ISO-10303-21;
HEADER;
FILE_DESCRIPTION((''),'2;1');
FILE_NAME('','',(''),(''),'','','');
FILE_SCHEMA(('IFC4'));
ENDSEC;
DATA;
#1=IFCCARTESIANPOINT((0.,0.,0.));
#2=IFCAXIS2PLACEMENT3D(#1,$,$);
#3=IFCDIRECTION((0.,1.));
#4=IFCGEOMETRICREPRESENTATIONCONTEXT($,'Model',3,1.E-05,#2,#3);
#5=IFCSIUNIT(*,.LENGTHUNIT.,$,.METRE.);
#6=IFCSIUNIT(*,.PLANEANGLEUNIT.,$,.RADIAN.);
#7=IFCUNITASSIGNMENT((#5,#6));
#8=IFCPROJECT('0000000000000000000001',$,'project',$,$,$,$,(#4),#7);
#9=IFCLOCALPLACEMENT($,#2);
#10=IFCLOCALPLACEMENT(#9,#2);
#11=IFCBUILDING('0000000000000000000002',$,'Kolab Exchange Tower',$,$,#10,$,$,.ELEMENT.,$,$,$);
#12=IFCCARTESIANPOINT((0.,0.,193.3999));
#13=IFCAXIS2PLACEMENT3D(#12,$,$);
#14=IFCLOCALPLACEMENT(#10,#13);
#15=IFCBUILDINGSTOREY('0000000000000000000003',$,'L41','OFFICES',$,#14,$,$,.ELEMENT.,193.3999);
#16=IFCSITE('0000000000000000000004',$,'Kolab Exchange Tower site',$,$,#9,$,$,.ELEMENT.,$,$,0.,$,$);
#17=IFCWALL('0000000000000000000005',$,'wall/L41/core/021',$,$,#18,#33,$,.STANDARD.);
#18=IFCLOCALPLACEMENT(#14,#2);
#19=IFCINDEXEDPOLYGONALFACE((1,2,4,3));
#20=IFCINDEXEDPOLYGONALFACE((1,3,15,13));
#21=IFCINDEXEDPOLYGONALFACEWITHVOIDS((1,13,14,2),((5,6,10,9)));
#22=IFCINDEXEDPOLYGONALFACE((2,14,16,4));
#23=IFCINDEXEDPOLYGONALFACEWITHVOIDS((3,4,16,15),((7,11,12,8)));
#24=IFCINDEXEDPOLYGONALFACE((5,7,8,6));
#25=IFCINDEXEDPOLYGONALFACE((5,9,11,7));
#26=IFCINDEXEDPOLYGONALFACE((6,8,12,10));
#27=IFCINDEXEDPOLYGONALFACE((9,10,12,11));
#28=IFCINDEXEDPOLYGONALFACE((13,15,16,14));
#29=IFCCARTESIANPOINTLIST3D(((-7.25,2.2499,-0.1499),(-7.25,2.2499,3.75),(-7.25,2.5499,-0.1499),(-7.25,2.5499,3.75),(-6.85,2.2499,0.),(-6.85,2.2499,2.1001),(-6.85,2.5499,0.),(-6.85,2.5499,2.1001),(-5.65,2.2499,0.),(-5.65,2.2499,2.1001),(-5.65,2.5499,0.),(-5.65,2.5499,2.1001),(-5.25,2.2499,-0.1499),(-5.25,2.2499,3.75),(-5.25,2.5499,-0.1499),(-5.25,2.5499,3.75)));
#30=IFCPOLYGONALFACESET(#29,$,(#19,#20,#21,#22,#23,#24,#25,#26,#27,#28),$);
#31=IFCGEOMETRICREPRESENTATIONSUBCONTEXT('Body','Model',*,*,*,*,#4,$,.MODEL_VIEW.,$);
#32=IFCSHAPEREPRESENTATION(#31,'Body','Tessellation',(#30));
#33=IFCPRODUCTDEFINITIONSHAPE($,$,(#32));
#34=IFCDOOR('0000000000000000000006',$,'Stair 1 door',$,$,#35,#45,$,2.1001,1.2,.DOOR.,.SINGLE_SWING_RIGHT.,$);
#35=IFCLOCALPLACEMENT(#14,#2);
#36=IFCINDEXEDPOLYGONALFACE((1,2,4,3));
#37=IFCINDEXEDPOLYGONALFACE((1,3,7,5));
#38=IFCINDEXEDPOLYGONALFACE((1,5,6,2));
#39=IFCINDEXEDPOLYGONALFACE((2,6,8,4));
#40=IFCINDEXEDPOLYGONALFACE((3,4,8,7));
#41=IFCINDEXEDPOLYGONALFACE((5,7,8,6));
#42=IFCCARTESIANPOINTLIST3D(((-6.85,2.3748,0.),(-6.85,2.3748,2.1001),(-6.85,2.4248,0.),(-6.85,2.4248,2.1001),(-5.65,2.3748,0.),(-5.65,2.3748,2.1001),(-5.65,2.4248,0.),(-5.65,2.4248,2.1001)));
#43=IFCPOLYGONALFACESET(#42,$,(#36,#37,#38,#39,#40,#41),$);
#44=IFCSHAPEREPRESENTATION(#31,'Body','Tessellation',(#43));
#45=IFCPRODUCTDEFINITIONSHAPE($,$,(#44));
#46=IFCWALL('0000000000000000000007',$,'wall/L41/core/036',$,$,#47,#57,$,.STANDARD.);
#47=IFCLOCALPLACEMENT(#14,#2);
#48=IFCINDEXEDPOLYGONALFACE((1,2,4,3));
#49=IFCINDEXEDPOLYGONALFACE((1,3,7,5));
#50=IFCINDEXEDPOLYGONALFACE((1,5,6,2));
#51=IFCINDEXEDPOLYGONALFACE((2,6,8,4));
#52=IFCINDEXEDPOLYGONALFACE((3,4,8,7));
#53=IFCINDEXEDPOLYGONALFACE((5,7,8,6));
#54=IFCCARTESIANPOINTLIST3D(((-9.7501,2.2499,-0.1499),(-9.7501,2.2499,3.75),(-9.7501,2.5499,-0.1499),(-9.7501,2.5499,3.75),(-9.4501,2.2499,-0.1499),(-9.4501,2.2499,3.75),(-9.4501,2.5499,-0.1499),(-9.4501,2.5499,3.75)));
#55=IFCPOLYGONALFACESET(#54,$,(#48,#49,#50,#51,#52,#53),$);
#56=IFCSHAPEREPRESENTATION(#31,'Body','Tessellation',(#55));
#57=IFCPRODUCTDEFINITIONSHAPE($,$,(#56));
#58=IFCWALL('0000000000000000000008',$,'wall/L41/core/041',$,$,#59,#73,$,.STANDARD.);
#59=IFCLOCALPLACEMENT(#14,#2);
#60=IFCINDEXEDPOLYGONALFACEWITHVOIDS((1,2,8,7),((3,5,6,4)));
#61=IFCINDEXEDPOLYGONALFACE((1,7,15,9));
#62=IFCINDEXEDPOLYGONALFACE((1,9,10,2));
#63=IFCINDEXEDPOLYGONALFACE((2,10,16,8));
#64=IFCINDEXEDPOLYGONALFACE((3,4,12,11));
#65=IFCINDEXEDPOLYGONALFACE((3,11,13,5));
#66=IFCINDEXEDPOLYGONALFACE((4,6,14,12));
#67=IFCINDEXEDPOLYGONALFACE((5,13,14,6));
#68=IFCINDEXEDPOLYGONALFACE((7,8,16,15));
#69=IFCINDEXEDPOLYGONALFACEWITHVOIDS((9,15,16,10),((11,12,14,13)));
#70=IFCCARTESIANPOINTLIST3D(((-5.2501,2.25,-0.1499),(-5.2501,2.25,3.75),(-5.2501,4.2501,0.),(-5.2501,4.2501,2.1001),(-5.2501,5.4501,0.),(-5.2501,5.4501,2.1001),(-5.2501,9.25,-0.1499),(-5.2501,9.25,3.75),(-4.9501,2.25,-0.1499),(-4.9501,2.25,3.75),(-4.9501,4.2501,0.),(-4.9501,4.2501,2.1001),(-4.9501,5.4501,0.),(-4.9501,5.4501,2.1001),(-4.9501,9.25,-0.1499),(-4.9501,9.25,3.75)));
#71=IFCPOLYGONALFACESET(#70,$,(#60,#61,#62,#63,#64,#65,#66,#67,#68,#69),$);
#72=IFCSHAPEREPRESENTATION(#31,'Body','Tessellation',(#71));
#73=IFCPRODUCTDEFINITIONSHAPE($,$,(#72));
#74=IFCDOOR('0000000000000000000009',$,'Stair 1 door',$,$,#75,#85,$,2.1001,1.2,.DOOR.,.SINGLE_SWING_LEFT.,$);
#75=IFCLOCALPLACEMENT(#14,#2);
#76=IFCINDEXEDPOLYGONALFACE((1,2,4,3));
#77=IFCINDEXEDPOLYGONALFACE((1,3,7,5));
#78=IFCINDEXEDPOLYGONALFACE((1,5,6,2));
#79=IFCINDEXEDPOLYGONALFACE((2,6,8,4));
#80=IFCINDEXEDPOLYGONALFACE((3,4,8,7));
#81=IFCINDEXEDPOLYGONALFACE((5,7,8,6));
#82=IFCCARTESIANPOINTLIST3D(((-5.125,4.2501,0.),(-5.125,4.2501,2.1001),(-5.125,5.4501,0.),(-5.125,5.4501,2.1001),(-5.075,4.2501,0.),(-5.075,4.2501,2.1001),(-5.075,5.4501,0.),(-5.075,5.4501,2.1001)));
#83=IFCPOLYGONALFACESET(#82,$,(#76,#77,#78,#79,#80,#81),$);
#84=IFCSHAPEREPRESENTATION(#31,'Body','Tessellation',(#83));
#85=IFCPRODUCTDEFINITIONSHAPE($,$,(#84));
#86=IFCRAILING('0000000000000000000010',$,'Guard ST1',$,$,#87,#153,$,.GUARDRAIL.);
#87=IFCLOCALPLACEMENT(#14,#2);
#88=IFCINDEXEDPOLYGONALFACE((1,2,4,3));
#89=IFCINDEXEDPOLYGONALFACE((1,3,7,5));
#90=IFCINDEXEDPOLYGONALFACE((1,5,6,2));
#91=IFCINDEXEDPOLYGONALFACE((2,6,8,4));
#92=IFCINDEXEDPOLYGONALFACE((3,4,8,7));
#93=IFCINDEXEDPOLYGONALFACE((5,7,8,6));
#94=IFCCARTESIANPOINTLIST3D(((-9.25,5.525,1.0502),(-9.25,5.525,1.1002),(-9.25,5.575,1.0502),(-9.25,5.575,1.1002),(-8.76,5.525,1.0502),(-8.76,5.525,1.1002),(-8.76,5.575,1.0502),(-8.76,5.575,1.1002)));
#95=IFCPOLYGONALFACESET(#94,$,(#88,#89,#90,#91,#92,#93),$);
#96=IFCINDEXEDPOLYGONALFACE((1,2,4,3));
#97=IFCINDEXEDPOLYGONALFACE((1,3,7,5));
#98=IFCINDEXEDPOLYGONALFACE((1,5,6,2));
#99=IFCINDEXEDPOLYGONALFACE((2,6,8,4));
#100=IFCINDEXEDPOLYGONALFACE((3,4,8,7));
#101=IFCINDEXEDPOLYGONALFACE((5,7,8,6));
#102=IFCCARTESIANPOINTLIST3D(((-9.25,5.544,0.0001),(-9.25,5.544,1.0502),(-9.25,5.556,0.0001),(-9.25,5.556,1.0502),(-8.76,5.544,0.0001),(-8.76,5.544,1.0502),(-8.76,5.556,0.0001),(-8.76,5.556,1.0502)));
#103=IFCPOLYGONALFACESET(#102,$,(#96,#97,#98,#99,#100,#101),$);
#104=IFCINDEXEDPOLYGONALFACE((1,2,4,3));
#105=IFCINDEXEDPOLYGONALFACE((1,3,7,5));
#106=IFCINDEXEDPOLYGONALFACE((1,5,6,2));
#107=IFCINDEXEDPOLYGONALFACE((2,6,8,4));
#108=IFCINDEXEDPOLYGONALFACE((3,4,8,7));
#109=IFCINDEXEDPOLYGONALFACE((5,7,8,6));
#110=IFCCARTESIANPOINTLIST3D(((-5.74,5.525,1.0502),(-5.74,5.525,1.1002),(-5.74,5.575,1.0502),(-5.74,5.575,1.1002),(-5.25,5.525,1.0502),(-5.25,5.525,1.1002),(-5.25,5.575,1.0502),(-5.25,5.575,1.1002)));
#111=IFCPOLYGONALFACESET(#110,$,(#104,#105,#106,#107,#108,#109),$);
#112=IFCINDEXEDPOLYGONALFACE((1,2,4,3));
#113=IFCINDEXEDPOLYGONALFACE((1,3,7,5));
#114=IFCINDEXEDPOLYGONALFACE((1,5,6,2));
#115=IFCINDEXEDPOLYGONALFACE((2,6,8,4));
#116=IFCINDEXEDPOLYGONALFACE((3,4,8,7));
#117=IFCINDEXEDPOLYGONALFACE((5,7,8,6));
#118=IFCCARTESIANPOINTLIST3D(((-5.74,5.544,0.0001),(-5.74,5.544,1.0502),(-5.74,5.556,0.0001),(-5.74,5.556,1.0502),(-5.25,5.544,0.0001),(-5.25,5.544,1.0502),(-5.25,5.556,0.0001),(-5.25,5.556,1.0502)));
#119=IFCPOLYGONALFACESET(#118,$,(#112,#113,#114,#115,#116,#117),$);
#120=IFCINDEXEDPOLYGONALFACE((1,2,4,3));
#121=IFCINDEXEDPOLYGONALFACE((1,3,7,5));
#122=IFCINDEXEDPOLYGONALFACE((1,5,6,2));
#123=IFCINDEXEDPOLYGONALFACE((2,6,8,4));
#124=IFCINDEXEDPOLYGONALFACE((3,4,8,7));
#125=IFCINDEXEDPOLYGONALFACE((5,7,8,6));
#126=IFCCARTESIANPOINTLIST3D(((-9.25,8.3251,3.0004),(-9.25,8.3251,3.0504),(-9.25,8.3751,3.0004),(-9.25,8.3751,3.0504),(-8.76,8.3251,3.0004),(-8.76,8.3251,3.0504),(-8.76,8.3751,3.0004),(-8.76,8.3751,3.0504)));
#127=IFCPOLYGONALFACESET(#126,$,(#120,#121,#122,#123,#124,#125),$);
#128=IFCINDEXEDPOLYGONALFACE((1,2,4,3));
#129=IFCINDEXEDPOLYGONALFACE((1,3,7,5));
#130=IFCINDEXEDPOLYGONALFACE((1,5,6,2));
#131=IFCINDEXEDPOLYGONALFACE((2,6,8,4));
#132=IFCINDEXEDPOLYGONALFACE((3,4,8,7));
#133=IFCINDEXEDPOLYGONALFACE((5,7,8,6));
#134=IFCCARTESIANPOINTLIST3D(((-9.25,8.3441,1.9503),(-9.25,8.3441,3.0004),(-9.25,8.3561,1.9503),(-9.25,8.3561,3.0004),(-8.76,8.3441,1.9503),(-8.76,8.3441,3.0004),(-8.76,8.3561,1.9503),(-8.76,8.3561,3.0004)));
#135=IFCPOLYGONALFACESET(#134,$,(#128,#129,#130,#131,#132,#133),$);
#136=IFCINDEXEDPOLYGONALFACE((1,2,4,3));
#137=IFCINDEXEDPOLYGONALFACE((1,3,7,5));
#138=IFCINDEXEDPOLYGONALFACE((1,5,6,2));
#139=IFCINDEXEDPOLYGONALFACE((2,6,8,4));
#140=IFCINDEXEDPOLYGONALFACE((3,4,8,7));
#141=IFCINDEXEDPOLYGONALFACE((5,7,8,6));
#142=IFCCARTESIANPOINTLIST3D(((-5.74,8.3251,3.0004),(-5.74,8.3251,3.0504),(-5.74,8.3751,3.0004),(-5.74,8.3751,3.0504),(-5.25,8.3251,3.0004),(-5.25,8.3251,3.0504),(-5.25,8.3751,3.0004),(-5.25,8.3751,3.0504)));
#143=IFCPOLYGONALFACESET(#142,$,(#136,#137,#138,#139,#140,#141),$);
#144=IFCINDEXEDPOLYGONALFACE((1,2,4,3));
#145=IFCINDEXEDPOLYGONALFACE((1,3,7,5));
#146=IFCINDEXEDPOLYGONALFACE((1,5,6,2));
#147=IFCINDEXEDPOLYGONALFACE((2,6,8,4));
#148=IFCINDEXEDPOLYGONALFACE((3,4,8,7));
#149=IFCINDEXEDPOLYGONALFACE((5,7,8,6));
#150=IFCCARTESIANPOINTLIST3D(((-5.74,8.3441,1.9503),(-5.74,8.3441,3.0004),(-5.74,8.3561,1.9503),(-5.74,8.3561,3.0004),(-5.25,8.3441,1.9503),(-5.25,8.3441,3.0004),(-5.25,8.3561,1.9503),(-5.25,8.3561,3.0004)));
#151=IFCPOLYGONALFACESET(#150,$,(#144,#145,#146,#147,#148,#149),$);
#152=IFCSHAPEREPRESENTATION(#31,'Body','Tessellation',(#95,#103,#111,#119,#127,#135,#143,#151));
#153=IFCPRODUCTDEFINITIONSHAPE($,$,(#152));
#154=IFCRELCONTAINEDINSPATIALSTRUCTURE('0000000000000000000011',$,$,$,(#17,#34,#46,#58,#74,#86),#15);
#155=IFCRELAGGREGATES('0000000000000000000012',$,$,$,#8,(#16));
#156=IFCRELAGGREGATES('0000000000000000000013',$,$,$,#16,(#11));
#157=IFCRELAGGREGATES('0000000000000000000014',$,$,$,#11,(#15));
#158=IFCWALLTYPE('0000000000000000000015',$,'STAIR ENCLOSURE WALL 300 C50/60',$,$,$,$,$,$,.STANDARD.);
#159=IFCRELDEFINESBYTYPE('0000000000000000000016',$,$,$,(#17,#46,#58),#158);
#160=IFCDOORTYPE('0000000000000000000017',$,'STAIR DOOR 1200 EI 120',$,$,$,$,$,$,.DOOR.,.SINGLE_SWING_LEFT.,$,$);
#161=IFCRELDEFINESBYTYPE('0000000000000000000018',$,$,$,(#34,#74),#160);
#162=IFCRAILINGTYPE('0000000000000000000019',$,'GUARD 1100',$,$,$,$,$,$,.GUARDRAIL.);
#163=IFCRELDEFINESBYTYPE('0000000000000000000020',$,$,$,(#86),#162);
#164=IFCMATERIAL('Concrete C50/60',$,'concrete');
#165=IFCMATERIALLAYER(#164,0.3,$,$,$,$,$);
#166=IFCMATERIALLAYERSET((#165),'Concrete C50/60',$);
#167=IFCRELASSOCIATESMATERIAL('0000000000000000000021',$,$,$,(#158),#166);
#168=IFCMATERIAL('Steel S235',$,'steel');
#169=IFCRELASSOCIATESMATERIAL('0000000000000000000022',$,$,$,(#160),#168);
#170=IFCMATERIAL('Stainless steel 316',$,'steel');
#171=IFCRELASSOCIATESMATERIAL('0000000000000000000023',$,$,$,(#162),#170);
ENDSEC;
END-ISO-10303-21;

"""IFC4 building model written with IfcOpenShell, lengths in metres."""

from ifc_helpers import new_model, si_unit, direction, frame, frame_2d, origin, origin_2d, place, context, subcontext, project, spatial, rectangle, extrude, material, layer, layer_set, type_object, element, fill, save


model = new_model("IFC4")

# Units and contexts
model_context = context("Model", 3, precision=1e-05, world=origin(), true_north=direction((0.0, 1.0)))
body_context = subcontext(model_context, "Body", "Model", "MODEL_VIEW")
ifc_project = project(units=[si_unit("LENGTHUNIT", "METRE"), si_unit("PLANEANGLEUNIT", "RADIAN")], contexts=[model_context])

# Site, building, storey
site_placement = place(None, origin())
site = spatial("IfcSite", under=ifc_project, at=site_placement, Name="Kolab Exchange Tower site", CompositionType="ELEMENT", RefElevation=0.0)
building_placement = place(site_placement, origin())
building = spatial("IfcBuilding", under=site, at=building_placement, Name="Kolab Exchange Tower", CompositionType="ELEMENT")
storey_placement = place(building_placement, frame((0.0, 0.0, 193.3999)))
storey = spatial("IfcBuildingStorey", under=building, at=storey_placement, Name="L41", Description="OFFICES", CompositionType="ELEMENT", Elevation=193.3999)

# Shared definitions
ifc_material_1 = material(Name="Concrete C50/60", Category="concrete")

# Shared definitions
ifc_material_2 = material(Name="Stainless steel 316", Category="steel")
ifc_material_3 = material(Name="Steel S235", Category="steel")

# Shared definitions
ifc_layer_1 = layer(ifc_material_1, 0.3)
ifc_layer_set_1 = layer_set([ifc_layer_1], Name="Concrete C50/60")
wall_type_1 = type_object("IfcWallType", Name="STAIR ENCLOSURE WALL 300 C50/60", PredefinedType="STANDARD", material=ifc_layer_set_1)

# Wall, opening, door
wall_1_placement = place(storey_placement, frame((-7.25, 2.3999, -0.1499), z_axis=(0.0, 0.0, 1.0), x_axis=(1.0, 0.0, 0.0)))
wall_1 = element("IfcWall", 1, at=wall_1_placement, inside=storey, type_object=wall_type_1, Name="wall/L41/core/021", PredefinedType="STANDARD", context=body_context, shape_type="SweptSolid", body=[
    extrude(rectangle(XDim=2.0, YDim=0.3, at=frame_2d((1.0, 0.0))), origin(), (0.0, 0.0, 1.0), 3.8999),
])
opening_1_placement = place(wall_1_placement, frame((0.3999, 0.0, 0.1499)))
opening_1 = element("IfcOpeningElement", 2, at=opening_1_placement, cuts=wall_1, PredefinedType="OPENING", context=body_context, shape_type="SweptSolid", body=[
    extrude(rectangle(XDim=1.2, YDim=2.1001, at=frame_2d((0.6001, 1.05))), frame((0.0, 0.1602, 0.0), z_axis=(0.0, -1.0, 0.0), x_axis=(1.0, 0.0, 0.0)), (0.0, 0.0, 1.0), 0.3201),
])
door_type_1 = type_object("IfcDoorType", Name="STAIR DOOR 1200 EI 120", OperationType="SINGLE_SWING_LEFT", PredefinedType="DOOR", material=ifc_material_3)
door_1_placement = place(opening_1_placement, origin())
door_1 = element("IfcDoor", 3, at=door_1_placement, inside=storey, type_object=door_type_1, Name="Stair 1 door", OperationType="SINGLE_SWING_RIGHT", OverallHeight=2.1001, OverallWidth=1.2, PredefinedType="DOOR", context=body_context, shape_type="SweptSolid", body=[
    extrude(rectangle(XDim=1.2, YDim=2.1001, at=frame_2d((0.6001, 1.05))), frame((0.0, 0.0249, 0.0), z_axis=(0.0, -1.0, 0.0), x_axis=(1.0, 0.0, 0.0)), (0.0, 0.0, 1.0), 0.05),
])
fill(opening_1, door_1)

# Wall
wall_2_placement = place(storey_placement, frame((-9.6001, 2.25, -0.1499), z_axis=(0.0, 0.0, 1.0), x_axis=(0.0, 1.0, 0.0)))
element("IfcWall", 4, at=wall_2_placement, inside=storey, type_object=wall_type_1, Name="wall/L41/core/036", PredefinedType="STANDARD", context=body_context, shape_type="SweptSolid", body=[
    extrude(rectangle(XDim=0.3, YDim=0.3, at=frame_2d((0.1499, 0.0))), origin(), (0.0, 0.0, 1.0), 3.8999),
])

# Wall, opening, door
wall_3_placement = place(storey_placement, frame((-5.1001, 2.25, -0.1499), z_axis=(0.0, 0.0, 1.0), x_axis=(0.0, 1.0, 0.0)))
wall_3 = element("IfcWall", 5, at=wall_3_placement, inside=storey, type_object=wall_type_1, Name="wall/L41/core/041", PredefinedType="STANDARD", context=body_context, shape_type="SweptSolid", body=[
    extrude(rectangle(XDim=7.0, YDim=0.3, at=frame_2d((3.5, 0.0))), origin(), (0.0, 0.0, 1.0), 3.8999),
])
opening_2_placement = place(wall_3_placement, frame((2.0, 0.0, 0.1499)))
opening_2 = element("IfcOpeningElement", 6, at=opening_2_placement, cuts=wall_3, PredefinedType="OPENING", context=body_context, shape_type="SweptSolid", body=[
    extrude(rectangle(XDim=1.2, YDim=2.1001, at=frame_2d((0.6001, 1.05))), frame((0.0, 0.1602, 0.0), z_axis=(0.0, -1.0, 0.0), x_axis=(1.0, 0.0, 0.0)), (0.0, 0.0, 1.0), 0.3201),
])
door_2_placement = place(opening_2_placement, origin())
door_2 = element("IfcDoor", 7, at=door_2_placement, inside=storey, type_object=door_type_1, Name="Stair 1 door", OperationType="SINGLE_SWING_LEFT", OverallHeight=2.1001, OverallWidth=1.2, PredefinedType="DOOR", context=body_context, shape_type="SweptSolid", body=[
    extrude(rectangle(XDim=1.2, YDim=2.1001, at=frame_2d((0.6001, 1.05))), frame((0.0, 0.0249, 0.0), z_axis=(0.0, -1.0, 0.0), x_axis=(1.0, 0.0, 0.0)), (0.0, 0.0, 1.0), 0.05),
])
fill(opening_2, door_2)

# Railing
railing_type = type_object("IfcRailingType", Name="GUARD 1100", PredefinedType="GUARDRAIL", material=ifc_material_2)
railing_placement = place(storey_placement, frame((-9.25, 5.55, 0.0)))
element("IfcRailing", 8, at=railing_placement, inside=storey, type_object=railing_type, Name="Guard ST1", PredefinedType="GUARDRAIL", context=body_context, shape_type="SweptSolid", body=[
    extrude(rectangle(XDim=0.05, YDim=0.05, at=origin_2d()), frame((0.0, 0.0, 1.0752), z_axis=(1.0, 0.0, 0.0), x_axis=(0.0, 1.0, 0.0)), (0.0, 0.0, 1.0), 0.49),
    extrude(rectangle(XDim=0.012, YDim=1.0501, at=frame_2d((0.0, 0.5251))), frame((0.0, 0.0, 0.0), z_axis=(1.0, 0.0, 0.0), x_axis=(0.0, 1.0, 0.0)), (0.0, 0.0, 1.0), 0.49),
    extrude(rectangle(XDim=0.05, YDim=0.05, at=origin_2d()), frame((3.51, 0.0, 1.0752), z_axis=(1.0, 0.0, 0.0), x_axis=(0.0, 1.0, 0.0)), (0.0, 0.0, 1.0), 0.49),
    extrude(rectangle(XDim=0.012, YDim=1.0501, at=frame_2d((0.0, 0.5251))), frame((3.51, 0.0, 0.0), z_axis=(1.0, 0.0, 0.0), x_axis=(0.0, 1.0, 0.0)), (0.0, 0.0, 1.0), 0.49),
    extrude(rectangle(XDim=0.05, YDim=0.05, at=origin_2d()), frame((0.0, 2.8, 3.0254), z_axis=(1.0, 0.0, 0.0), x_axis=(0.0, 1.0, 0.0)), (0.0, 0.0, 1.0), 0.49),
    extrude(rectangle(XDim=0.012, YDim=1.0501, at=frame_2d((0.0, 0.5251))), frame((0.0, 2.8, 1.9502), z_axis=(1.0, 0.0, 0.0), x_axis=(0.0, 1.0, 0.0)), (0.0, 0.0, 1.0), 0.49),
    extrude(rectangle(XDim=0.05, YDim=0.05, at=origin_2d()), frame((3.51, 2.8, 3.0254), z_axis=(1.0, 0.0, 0.0), x_axis=(0.0, 1.0, 0.0)), (0.0, 0.0, 1.0), 0.49),
    extrude(rectangle(XDim=0.012, YDim=1.0501, at=frame_2d((0.0, 0.5251))), frame((3.51, 2.8, 1.9502), z_axis=(1.0, 0.0, 0.0), x_axis=(0.0, 1.0, 0.0)), (0.0, 0.0, 1.0), 0.49),
])

save(model, "model.ifc")
